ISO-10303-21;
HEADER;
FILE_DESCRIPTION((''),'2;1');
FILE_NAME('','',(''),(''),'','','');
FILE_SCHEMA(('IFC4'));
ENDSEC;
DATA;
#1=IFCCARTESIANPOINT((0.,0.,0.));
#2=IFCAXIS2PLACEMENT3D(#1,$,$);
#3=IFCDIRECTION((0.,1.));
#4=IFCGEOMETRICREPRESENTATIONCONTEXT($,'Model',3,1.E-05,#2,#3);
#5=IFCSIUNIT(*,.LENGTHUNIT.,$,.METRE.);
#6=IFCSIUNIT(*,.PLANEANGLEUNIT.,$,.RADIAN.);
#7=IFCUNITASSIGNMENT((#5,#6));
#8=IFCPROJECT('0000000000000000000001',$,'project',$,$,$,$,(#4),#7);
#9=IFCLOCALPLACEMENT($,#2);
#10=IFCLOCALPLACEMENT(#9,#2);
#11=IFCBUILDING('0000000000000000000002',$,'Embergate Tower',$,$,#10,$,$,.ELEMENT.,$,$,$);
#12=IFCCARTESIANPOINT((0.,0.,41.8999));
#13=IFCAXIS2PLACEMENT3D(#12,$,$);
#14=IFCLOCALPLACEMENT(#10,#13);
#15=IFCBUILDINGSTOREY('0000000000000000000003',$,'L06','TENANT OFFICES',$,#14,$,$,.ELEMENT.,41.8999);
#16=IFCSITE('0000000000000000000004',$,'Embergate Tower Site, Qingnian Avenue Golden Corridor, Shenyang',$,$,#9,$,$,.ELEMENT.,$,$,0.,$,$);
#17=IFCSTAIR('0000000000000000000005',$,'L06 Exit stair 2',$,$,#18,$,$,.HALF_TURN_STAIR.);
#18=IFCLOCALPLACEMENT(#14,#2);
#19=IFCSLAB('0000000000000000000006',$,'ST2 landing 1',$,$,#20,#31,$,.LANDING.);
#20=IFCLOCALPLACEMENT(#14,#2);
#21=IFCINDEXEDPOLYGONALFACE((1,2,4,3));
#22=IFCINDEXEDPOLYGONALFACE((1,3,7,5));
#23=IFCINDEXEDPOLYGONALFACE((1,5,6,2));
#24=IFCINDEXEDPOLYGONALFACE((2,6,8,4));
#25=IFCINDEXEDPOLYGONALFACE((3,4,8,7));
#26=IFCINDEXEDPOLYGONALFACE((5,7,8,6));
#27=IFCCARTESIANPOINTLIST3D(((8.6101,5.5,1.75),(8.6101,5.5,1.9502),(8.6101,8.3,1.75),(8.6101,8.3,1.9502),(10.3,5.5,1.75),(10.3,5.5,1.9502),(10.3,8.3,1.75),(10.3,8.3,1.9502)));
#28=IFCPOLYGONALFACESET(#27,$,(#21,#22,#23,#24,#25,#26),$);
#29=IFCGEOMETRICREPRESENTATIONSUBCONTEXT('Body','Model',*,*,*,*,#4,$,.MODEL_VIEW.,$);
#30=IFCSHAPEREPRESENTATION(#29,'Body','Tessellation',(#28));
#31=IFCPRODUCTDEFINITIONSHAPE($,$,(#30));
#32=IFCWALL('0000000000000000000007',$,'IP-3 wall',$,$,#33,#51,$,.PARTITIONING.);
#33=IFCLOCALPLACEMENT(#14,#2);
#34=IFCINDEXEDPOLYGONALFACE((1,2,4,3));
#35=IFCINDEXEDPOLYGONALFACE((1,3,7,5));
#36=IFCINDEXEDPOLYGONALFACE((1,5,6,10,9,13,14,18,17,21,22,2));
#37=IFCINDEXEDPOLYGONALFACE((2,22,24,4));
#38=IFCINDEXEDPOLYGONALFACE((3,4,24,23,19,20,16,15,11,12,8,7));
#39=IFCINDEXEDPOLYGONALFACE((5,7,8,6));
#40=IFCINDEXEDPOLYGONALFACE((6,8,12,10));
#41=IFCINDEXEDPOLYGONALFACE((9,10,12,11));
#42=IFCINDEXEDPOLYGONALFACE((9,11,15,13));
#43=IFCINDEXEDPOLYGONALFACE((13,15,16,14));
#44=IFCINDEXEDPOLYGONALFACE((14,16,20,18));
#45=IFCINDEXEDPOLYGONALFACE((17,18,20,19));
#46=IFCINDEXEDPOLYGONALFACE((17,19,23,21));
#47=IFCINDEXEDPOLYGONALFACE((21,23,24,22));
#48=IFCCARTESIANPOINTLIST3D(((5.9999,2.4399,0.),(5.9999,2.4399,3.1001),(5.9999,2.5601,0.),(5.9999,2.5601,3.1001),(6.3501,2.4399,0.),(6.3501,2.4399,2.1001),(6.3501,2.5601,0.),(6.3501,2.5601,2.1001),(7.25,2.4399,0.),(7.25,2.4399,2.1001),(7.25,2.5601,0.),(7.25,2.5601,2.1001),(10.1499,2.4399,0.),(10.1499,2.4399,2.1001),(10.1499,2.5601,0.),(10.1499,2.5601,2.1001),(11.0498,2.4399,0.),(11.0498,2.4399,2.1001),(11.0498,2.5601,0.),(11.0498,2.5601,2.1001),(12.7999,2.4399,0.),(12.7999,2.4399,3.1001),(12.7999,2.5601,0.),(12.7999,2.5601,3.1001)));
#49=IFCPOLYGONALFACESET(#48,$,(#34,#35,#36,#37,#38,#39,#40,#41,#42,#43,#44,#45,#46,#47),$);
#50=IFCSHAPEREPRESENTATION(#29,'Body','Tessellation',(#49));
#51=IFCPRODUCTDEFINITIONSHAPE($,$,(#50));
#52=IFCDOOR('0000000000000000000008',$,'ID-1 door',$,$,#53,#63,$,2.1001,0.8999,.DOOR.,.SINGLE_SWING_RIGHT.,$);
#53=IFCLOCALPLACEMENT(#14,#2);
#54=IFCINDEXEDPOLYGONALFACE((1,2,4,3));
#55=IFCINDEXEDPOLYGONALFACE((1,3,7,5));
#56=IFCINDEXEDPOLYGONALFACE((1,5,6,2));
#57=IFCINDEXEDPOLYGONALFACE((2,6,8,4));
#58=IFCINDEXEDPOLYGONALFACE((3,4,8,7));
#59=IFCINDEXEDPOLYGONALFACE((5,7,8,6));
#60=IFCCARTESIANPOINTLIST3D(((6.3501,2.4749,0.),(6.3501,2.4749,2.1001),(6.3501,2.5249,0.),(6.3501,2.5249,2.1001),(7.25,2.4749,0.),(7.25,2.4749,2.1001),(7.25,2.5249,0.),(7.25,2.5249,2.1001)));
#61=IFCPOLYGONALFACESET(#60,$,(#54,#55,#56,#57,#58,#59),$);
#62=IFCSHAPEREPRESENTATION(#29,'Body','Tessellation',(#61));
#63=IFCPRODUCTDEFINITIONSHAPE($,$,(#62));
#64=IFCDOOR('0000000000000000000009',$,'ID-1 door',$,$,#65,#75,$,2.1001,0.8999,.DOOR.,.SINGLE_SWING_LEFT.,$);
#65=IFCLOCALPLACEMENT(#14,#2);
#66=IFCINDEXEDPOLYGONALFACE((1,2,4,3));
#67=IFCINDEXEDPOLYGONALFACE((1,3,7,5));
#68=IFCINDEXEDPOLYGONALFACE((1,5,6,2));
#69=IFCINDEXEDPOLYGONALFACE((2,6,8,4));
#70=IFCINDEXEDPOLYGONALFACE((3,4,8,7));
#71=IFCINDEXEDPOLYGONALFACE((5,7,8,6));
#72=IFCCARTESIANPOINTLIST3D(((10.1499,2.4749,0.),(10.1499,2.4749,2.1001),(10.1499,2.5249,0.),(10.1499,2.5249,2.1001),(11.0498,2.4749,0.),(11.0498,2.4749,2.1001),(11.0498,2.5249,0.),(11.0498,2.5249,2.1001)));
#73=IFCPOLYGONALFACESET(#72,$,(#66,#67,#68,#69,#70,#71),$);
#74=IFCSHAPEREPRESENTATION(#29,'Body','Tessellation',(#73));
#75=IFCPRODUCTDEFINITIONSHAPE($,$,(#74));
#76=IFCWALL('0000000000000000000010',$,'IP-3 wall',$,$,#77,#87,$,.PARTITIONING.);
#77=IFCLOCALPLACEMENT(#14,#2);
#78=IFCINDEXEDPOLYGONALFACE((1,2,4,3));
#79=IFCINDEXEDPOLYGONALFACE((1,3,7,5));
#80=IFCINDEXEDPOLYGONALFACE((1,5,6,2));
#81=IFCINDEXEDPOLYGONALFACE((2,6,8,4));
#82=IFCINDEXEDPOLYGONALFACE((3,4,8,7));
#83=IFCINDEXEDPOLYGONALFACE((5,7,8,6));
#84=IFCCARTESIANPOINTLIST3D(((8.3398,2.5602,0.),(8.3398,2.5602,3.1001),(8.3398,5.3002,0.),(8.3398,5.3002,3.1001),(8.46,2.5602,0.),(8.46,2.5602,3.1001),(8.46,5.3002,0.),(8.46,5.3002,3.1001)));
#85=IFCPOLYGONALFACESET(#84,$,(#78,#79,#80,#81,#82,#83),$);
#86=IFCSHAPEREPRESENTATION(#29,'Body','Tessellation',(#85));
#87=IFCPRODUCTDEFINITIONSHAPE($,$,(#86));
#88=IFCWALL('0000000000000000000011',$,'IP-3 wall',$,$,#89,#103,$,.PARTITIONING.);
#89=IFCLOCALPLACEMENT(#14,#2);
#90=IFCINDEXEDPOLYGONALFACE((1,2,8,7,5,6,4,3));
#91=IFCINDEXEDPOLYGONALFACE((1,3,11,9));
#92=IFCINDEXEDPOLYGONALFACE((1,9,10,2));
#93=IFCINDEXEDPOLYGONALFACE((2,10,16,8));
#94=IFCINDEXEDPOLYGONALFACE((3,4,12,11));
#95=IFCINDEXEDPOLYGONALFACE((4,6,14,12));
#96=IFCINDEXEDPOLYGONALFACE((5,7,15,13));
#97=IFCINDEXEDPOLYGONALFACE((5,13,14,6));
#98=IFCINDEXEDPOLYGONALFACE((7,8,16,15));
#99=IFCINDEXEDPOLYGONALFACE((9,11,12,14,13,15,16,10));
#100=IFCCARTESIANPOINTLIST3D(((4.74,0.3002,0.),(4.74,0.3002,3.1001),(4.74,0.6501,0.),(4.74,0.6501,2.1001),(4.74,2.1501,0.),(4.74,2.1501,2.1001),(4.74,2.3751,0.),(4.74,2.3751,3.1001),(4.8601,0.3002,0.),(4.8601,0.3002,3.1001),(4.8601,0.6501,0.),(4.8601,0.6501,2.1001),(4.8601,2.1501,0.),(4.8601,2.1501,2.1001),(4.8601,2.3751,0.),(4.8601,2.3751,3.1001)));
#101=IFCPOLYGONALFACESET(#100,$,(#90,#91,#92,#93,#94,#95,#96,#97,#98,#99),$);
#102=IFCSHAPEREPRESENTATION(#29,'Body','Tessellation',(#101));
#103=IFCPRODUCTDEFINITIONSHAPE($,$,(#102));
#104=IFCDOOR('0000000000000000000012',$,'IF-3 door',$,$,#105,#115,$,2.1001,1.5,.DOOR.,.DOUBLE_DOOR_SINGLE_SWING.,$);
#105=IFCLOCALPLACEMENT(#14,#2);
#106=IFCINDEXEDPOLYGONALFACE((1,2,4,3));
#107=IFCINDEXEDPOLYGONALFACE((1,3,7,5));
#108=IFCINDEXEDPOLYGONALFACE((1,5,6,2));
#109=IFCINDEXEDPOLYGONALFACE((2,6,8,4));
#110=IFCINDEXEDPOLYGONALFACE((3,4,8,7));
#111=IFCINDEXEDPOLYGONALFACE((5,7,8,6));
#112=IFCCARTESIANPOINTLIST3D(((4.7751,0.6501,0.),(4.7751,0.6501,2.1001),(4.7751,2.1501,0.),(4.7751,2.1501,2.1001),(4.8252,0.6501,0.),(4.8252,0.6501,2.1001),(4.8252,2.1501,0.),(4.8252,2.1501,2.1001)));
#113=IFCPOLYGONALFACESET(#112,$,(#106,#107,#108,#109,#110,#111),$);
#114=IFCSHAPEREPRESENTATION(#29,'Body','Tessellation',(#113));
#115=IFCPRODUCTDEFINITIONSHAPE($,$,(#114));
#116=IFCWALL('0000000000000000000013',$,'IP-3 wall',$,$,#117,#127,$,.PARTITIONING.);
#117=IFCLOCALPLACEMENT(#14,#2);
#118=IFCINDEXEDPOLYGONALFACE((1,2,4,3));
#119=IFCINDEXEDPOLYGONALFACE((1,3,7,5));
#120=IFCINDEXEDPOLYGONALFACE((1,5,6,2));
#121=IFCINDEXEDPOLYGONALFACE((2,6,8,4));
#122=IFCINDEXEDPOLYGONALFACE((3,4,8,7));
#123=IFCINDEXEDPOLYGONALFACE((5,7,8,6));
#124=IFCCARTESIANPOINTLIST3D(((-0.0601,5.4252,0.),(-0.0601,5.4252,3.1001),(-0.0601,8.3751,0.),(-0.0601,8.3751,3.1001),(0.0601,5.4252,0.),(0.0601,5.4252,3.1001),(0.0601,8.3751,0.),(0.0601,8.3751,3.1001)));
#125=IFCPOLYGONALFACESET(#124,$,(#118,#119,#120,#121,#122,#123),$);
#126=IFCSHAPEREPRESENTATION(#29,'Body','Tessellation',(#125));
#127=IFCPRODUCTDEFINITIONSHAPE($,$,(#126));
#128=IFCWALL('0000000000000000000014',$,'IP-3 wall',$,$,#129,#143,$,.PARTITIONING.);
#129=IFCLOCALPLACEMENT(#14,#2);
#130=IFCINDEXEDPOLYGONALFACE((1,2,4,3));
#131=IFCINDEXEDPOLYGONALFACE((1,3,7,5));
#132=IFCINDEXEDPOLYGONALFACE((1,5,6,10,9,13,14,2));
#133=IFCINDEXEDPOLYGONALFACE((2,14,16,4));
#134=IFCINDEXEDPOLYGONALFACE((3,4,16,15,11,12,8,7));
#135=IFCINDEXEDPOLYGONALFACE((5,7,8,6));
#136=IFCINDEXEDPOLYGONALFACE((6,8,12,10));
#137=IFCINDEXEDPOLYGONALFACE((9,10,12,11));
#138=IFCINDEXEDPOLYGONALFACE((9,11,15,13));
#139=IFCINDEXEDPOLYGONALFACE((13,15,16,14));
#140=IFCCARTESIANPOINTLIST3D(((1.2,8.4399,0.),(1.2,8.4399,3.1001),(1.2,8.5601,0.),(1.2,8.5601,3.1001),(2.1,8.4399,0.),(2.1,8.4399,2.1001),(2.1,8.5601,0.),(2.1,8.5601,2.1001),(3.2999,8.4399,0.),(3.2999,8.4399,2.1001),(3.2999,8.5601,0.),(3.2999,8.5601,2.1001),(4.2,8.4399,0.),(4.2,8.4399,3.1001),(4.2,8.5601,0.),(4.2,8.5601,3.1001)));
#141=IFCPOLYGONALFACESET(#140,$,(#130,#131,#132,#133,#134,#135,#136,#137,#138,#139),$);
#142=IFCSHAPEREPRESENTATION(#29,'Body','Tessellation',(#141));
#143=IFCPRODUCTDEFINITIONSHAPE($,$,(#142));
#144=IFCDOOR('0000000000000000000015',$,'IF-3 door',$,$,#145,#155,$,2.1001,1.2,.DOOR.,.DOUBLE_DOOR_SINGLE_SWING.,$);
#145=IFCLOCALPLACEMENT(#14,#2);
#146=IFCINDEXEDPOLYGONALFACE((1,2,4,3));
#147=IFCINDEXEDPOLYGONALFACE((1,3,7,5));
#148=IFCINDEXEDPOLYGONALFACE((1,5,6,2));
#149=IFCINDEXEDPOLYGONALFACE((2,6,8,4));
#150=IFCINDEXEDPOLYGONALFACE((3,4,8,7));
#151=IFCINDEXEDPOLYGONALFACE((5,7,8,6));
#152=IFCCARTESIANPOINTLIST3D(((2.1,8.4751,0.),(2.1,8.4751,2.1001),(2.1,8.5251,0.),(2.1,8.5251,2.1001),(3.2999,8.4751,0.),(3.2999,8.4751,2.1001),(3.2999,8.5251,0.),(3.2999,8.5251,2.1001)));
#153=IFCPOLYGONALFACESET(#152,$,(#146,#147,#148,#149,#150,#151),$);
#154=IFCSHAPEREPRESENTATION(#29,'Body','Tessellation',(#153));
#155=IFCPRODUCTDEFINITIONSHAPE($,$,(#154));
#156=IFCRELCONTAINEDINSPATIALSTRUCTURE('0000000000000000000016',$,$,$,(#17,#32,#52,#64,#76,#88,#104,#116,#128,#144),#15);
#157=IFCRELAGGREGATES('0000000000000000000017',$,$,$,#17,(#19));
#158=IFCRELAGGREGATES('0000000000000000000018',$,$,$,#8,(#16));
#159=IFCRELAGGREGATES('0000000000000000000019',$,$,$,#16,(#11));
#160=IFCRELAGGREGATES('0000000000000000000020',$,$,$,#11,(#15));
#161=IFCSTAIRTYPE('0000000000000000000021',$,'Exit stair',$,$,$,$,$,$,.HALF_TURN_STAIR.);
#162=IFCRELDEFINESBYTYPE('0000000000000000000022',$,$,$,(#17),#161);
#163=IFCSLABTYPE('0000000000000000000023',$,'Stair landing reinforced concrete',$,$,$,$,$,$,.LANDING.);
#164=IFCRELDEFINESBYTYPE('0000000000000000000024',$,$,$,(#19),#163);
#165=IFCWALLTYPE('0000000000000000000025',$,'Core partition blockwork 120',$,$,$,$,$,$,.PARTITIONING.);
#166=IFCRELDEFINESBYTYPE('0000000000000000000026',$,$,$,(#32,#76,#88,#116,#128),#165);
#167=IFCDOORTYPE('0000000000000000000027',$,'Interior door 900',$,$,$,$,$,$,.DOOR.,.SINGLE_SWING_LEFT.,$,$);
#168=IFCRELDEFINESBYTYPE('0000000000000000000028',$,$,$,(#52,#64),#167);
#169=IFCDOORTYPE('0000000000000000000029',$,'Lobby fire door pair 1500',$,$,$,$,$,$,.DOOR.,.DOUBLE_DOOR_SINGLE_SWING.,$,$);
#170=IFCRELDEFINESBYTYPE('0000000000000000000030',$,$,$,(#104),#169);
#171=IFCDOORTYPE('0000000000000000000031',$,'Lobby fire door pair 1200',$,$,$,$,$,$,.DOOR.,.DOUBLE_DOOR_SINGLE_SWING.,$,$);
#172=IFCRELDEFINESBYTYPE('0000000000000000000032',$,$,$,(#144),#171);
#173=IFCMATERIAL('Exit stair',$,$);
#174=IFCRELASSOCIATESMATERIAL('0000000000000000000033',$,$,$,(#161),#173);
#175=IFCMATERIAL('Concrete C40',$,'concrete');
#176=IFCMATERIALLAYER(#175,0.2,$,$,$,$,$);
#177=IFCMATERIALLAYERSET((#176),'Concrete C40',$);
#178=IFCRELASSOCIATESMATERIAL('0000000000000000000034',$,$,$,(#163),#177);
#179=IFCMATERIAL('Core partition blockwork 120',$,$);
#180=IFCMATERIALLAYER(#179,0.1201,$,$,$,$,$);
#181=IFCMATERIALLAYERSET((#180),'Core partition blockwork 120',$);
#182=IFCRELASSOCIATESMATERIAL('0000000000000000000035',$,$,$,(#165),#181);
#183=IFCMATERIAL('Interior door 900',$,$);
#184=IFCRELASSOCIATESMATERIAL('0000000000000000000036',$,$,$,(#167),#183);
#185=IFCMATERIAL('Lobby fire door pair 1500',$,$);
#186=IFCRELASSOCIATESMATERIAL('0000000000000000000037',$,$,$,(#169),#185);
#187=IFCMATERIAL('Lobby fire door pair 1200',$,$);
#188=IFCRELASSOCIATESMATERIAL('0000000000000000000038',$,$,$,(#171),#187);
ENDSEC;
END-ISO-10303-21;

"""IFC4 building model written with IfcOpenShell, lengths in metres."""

from ifc_helpers import new_model, si_unit, direction, frame, frame_2d, origin, place, context, subcontext, project, spatial, polyline, rectangle, outline, extrude, source, transform, mapped, material, layer, layer_set, type_object, element, fill, aggregate, save


model = new_model("IFC4")

# Units and contexts
model_context = context("Model", 3, precision=1e-05, world=origin(), true_north=direction((0.0, 1.0)))
body_context = subcontext(model_context, "Body", "Model", "MODEL_VIEW")
ifc_project = project(units=[si_unit("LENGTHUNIT", "METRE"), si_unit("PLANEANGLEUNIT", "RADIAN")], contexts=[model_context])

# Site, building, storey
site_placement = place(None, origin())
site = spatial("IfcSite", under=ifc_project, at=site_placement, Name="Embergate Tower Site, Qingnian Avenue Golden Corridor, Shenyang", CompositionType="ELEMENT", RefElevation=0.0)
building_placement = place(site_placement, origin())
building = spatial("IfcBuilding", under=site, at=building_placement, Name="Embergate Tower", CompositionType="ELEMENT")
storey_placement = place(building_placement, frame((0.0, 0.0, 41.8999)))
storey = spatial("IfcBuildingStorey", under=building, at=storey_placement, Name="L06", Description="TENANT OFFICES", CompositionType="ELEMENT", Elevation=41.8999)

# Stair, slab
ifc_material_1 = material(Name="Exit stair")
stair_type = type_object("IfcStairType", Name="Exit stair", PredefinedType="HALF_TURN_STAIR", material=ifc_material_1)
stair_placement = place(storey_placement, origin())
stair = element("IfcStair", 1, at=stair_placement, inside=storey, type_object=stair_type, Name="L06 Exit stair 2", PredefinedType="HALF_TURN_STAIR")
ifc_material_2 = material(Name="Concrete C40", Category="concrete")
ifc_layer_1 = layer(ifc_material_2, 0.2)
ifc_layer_set_1 = layer_set([ifc_layer_1], Name="Concrete C40")
slab_type = type_object("IfcSlabType", Name="Stair landing reinforced concrete", PredefinedType="LANDING", material=ifc_layer_set_1)
shared_shape_1 = source(origin(), body_context, "Body", "SweptSolid", [
    extrude(outline(polyline([(0.0, 0.0), (1.6899, 0.0), (1.6899, 2.8), (0.0, 2.8), (0.0, 0.0)])), origin(), (0.0, 0.0, 1.0), 0.2002),
])
slab_placement = place(storey_placement, frame((8.6101, 5.5, 1.75)))
slab = element("IfcSlab", 2, at=slab_placement, type_object=slab_type, Name="ST2 landing 1", PredefinedType="LANDING", context=body_context, shape_type="MappedRepresentation", body=[
    mapped(shared_shape_1, transform((0.0, 0.0, 0.0))),
])

# Wall, openings, doors
ifc_material_3 = material(Name="Core partition blockwork 120")
ifc_layer_2 = layer(ifc_material_3, 0.1201)
ifc_layer_set_2 = layer_set([ifc_layer_2], Name="Core partition blockwork 120")
wall_type_1 = type_object("IfcWallType", Name="Core partition blockwork 120", PredefinedType="PARTITIONING", material=ifc_layer_set_2)
shared_shape_2 = source(origin(), body_context, "Body", "SweptSolid", [
    extrude(rectangle(XDim=6.8, YDim=0.1201, at=frame_2d((3.3999, 0.0))), origin(), (0.0, 0.0, 1.0), 3.1001),
])
wall_1_placement = place(storey_placement, frame((6.0, 2.5, 0.0), z_axis=(0.0, 0.0, 1.0), x_axis=(1.0, 0.0, 0.0)))
wall_1 = element("IfcWall", 3, at=wall_1_placement, inside=storey, type_object=wall_type_1, Name="IP-3 wall", PredefinedType="PARTITIONING", context=body_context, shape_type="MappedRepresentation", body=[
    mapped(shared_shape_2, transform((0.0, 0.0, 0.0))),
])
shared_shape_3 = source(origin(), body_context, "Body", "SweptSolid", [
    extrude(rectangle(XDim=0.8999, YDim=2.1001, at=frame_2d((0.45, 1.05))), frame((0.0, 0.0701, 0.0), z_axis=(0.0, -1.0, 0.0), x_axis=(1.0, 0.0, 0.0)), (0.0, 0.0, 1.0), 0.1401),
])
opening_1_placement = place(wall_1_placement, frame((0.3501, 0.0, 0.0)))
opening_1 = element("IfcOpeningElement", 4, at=opening_1_placement, cuts=wall_1, PredefinedType="OPENING", context=body_context, shape_type="MappedRepresentation", body=[
    mapped(shared_shape_3, transform((0.0, 0.0, 0.0))),
])
opening_2_placement = place(wall_1_placement, frame((4.1499, 0.0, 0.0)))
opening_2 = element("IfcOpeningElement", 5, at=opening_2_placement, cuts=wall_1, PredefinedType="OPENING", context=body_context, shape_type="MappedRepresentation", body=[
    mapped(shared_shape_3, transform((0.0, 0.0, 0.0))),
])
ifc_material_4 = material(Name="Interior door 900")
door_type_1 = type_object("IfcDoorType", Name="Interior door 900", OperationType="SINGLE_SWING_LEFT", PredefinedType="DOOR", material=ifc_material_4)
shared_shape_4 = source(origin(), body_context, "Body", "SweptSolid", [
    extrude(rectangle(XDim=0.8999, YDim=2.1001, at=frame_2d((0.45, 1.05))), frame((0.0, 0.0249, 0.0), z_axis=(0.0, -1.0, 0.0), x_axis=(1.0, 0.0, 0.0)), (0.0, 0.0, 1.0), 0.05),
])
door_1_placement = place(opening_1_placement, origin())
door_1 = element("IfcDoor", 6, at=door_1_placement, inside=storey, type_object=door_type_1, Name="ID-1 door", OperationType="SINGLE_SWING_RIGHT", OverallHeight=2.1001, OverallWidth=0.8999, PredefinedType="DOOR", context=body_context, shape_type="MappedRepresentation", body=[
    mapped(shared_shape_4, transform((0.0, 0.0, 0.0))),
])
fill(opening_1, door_1)
door_2_placement = place(opening_2_placement, origin())
door_2 = element("IfcDoor", 7, at=door_2_placement, inside=storey, type_object=door_type_1, Name="ID-1 door", OperationType="SINGLE_SWING_LEFT", OverallHeight=2.1001, OverallWidth=0.8999, PredefinedType="DOOR", context=body_context, shape_type="MappedRepresentation", body=[
    mapped(shared_shape_4, transform((0.0, 0.0, 0.0))),
])
fill(opening_2, door_2)

# Wall
shared_shape_5 = source(origin(), body_context, "Body", "SweptSolid", [
    extrude(rectangle(XDim=2.74, YDim=0.1201, at=frame_2d((1.3701, 0.0))), origin(), (0.0, 0.0, 1.0), 3.1001),
])
wall_2_placement = place(storey_placement, frame((8.3999, 2.5601, 0.0), z_axis=(0.0, 0.0, 1.0), x_axis=(0.0, 1.0, 0.0)))
element("IfcWall", 8, at=wall_2_placement, inside=storey, type_object=wall_type_1, Name="IP-3 wall", PredefinedType="PARTITIONING", context=body_context, shape_type="MappedRepresentation", body=[
    mapped(shared_shape_5, transform((0.0, 0.0, 0.0))),
])

# Wall, opening, door
shared_shape_6 = source(origin(), body_context, "Body", "SweptSolid", [
    extrude(rectangle(XDim=2.075, YDim=0.1201, at=frame_2d((1.0376, 0.0))), origin(), (0.0, 0.0, 1.0), 3.1001),
])
wall_3_placement = place(storey_placement, frame((4.8, 0.3, 0.0), z_axis=(0.0, 0.0, 1.0), x_axis=(0.0, 1.0, 0.0)))
wall_3 = element("IfcWall", 9, at=wall_3_placement, inside=storey, type_object=wall_type_1, Name="IP-3 wall", PredefinedType="PARTITIONING", context=body_context, shape_type="MappedRepresentation", body=[
    mapped(shared_shape_6, transform((0.0, 0.0, 0.0))),
])
shared_shape_7 = source(origin(), body_context, "Body", "SweptSolid", [
    extrude(rectangle(XDim=1.5, YDim=2.1001, at=frame_2d((0.75, 1.05))), frame((0.0, 0.0701, 0.0), z_axis=(0.0, -1.0, 0.0), x_axis=(1.0, 0.0, 0.0)), (0.0, 0.0, 1.0), 0.1401),
])
opening_3_placement = place(wall_3_placement, frame((0.3501, 0.0, 0.0)))
opening_3 = element("IfcOpeningElement", 10, at=opening_3_placement, cuts=wall_3, PredefinedType="OPENING", context=body_context, shape_type="MappedRepresentation", body=[
    mapped(shared_shape_7, transform((0.0, 0.0, 0.0))),
])
ifc_material_5 = material(Name="Lobby fire door pair 1500")
door_type_2 = type_object("IfcDoorType", Name="Lobby fire door pair 1500", OperationType="DOUBLE_DOOR_SINGLE_SWING", PredefinedType="DOOR", material=ifc_material_5)
shared_shape_8 = source(origin(), body_context, "Body", "SweptSolid", [
    extrude(rectangle(XDim=1.5, YDim=2.1001, at=frame_2d((0.75, 1.05))), frame((0.0, 0.0249, 0.0), z_axis=(0.0, -1.0, 0.0), x_axis=(1.0, 0.0, 0.0)), (0.0, 0.0, 1.0), 0.05),
])
door_3_placement = place(opening_3_placement, origin())
door_3 = element("IfcDoor", 11, at=door_3_placement, inside=storey, type_object=door_type_2, Name="IF-3 door", OperationType="DOUBLE_DOOR_SINGLE_SWING", OverallHeight=2.1001, OverallWidth=1.5, PredefinedType="DOOR", context=body_context, shape_type="MappedRepresentation", body=[
    mapped(shared_shape_8, transform((0.0, 0.0, 0.0))),
])
fill(opening_3, door_3)

# Wall
shared_shape_9 = source(origin(), body_context, "Body", "SweptSolid", [
    extrude(rectangle(XDim=2.95, YDim=0.1201, at=frame_2d((1.4751, 0.0))), origin(), (0.0, 0.0, 1.0), 3.1001),
])
wall_4_placement = place(storey_placement, frame((0.0, 5.425, 0.0), z_axis=(0.0, 0.0, 1.0), x_axis=(0.0, 1.0, 0.0)))
element("IfcWall", 12, at=wall_4_placement, inside=storey, type_object=wall_type_1, Name="IP-3 wall", PredefinedType="PARTITIONING", context=body_context, shape_type="MappedRepresentation", body=[
    mapped(shared_shape_9, transform((0.0, 0.0, 0.0))),
])

# Wall, opening, door
shared_shape_10 = source(origin(), body_context, "Body", "SweptSolid", [
    extrude(rectangle(XDim=3.0, YDim=0.1201, at=frame_2d((1.5, 0.0))), origin(), (0.0, 0.0, 1.0), 3.1001),
])
wall_5_placement = place(storey_placement, frame((4.2, 8.5, 0.0), z_axis=(0.0, 0.0, 1.0), x_axis=(-1.0, 0.0, 0.0)))
wall_5 = element("IfcWall", 13, at=wall_5_placement, inside=storey, type_object=wall_type_1, Name="IP-3 wall", PredefinedType="PARTITIONING", context=body_context, shape_type="MappedRepresentation", body=[
    mapped(shared_shape_10, transform((0.0, 0.0, 0.0))),
])
shared_shape_11 = source(origin(), body_context, "Body", "SweptSolid", [
    extrude(rectangle(XDim=1.2, YDim=2.1001, at=frame_2d((0.6001, 1.05))), frame((0.0, 0.0701, 0.0), z_axis=(0.0, -1.0, 0.0), x_axis=(1.0, 0.0, 0.0)), (0.0, 0.0, 1.0), 0.1401),
])
opening_4_placement = place(wall_5_placement, frame((0.8999, 0.0, 0.0)))
opening_4 = element("IfcOpeningElement", 14, at=opening_4_placement, cuts=wall_5, PredefinedType="OPENING", context=body_context, shape_type="MappedRepresentation", body=[
    mapped(shared_shape_11, transform((0.0, 0.0, 0.0))),
])
ifc_material_6 = material(Name="Lobby fire door pair 1200")
door_type_3 = type_object("IfcDoorType", Name="Lobby fire door pair 1200", OperationType="DOUBLE_DOOR_SINGLE_SWING", PredefinedType="DOOR", material=ifc_material_6)
shared_shape_12 = source(origin(), body_context, "Body", "SweptSolid", [
    extrude(rectangle(XDim=1.2, YDim=2.1001, at=frame_2d((0.6001, 1.05))), frame((0.0, 0.0249, 0.0), z_axis=(0.0, -1.0, 0.0), x_axis=(1.0, 0.0, 0.0)), (0.0, 0.0, 1.0), 0.05),
])
door_4_placement = place(opening_4_placement, origin())
door_4 = element("IfcDoor", 15, at=door_4_placement, inside=storey, type_object=door_type_3, Name="IF-3 door", OperationType="DOUBLE_DOOR_SINGLE_SWING", OverallHeight=2.1001, OverallWidth=1.2, PredefinedType="DOOR", context=body_context, shape_type="MappedRepresentation", body=[
    mapped(shared_shape_12, transform((0.0, 0.0, 0.0))),
])
fill(opening_4, door_4)

aggregate(stair, [slab])

save(model, "model.ifc")
